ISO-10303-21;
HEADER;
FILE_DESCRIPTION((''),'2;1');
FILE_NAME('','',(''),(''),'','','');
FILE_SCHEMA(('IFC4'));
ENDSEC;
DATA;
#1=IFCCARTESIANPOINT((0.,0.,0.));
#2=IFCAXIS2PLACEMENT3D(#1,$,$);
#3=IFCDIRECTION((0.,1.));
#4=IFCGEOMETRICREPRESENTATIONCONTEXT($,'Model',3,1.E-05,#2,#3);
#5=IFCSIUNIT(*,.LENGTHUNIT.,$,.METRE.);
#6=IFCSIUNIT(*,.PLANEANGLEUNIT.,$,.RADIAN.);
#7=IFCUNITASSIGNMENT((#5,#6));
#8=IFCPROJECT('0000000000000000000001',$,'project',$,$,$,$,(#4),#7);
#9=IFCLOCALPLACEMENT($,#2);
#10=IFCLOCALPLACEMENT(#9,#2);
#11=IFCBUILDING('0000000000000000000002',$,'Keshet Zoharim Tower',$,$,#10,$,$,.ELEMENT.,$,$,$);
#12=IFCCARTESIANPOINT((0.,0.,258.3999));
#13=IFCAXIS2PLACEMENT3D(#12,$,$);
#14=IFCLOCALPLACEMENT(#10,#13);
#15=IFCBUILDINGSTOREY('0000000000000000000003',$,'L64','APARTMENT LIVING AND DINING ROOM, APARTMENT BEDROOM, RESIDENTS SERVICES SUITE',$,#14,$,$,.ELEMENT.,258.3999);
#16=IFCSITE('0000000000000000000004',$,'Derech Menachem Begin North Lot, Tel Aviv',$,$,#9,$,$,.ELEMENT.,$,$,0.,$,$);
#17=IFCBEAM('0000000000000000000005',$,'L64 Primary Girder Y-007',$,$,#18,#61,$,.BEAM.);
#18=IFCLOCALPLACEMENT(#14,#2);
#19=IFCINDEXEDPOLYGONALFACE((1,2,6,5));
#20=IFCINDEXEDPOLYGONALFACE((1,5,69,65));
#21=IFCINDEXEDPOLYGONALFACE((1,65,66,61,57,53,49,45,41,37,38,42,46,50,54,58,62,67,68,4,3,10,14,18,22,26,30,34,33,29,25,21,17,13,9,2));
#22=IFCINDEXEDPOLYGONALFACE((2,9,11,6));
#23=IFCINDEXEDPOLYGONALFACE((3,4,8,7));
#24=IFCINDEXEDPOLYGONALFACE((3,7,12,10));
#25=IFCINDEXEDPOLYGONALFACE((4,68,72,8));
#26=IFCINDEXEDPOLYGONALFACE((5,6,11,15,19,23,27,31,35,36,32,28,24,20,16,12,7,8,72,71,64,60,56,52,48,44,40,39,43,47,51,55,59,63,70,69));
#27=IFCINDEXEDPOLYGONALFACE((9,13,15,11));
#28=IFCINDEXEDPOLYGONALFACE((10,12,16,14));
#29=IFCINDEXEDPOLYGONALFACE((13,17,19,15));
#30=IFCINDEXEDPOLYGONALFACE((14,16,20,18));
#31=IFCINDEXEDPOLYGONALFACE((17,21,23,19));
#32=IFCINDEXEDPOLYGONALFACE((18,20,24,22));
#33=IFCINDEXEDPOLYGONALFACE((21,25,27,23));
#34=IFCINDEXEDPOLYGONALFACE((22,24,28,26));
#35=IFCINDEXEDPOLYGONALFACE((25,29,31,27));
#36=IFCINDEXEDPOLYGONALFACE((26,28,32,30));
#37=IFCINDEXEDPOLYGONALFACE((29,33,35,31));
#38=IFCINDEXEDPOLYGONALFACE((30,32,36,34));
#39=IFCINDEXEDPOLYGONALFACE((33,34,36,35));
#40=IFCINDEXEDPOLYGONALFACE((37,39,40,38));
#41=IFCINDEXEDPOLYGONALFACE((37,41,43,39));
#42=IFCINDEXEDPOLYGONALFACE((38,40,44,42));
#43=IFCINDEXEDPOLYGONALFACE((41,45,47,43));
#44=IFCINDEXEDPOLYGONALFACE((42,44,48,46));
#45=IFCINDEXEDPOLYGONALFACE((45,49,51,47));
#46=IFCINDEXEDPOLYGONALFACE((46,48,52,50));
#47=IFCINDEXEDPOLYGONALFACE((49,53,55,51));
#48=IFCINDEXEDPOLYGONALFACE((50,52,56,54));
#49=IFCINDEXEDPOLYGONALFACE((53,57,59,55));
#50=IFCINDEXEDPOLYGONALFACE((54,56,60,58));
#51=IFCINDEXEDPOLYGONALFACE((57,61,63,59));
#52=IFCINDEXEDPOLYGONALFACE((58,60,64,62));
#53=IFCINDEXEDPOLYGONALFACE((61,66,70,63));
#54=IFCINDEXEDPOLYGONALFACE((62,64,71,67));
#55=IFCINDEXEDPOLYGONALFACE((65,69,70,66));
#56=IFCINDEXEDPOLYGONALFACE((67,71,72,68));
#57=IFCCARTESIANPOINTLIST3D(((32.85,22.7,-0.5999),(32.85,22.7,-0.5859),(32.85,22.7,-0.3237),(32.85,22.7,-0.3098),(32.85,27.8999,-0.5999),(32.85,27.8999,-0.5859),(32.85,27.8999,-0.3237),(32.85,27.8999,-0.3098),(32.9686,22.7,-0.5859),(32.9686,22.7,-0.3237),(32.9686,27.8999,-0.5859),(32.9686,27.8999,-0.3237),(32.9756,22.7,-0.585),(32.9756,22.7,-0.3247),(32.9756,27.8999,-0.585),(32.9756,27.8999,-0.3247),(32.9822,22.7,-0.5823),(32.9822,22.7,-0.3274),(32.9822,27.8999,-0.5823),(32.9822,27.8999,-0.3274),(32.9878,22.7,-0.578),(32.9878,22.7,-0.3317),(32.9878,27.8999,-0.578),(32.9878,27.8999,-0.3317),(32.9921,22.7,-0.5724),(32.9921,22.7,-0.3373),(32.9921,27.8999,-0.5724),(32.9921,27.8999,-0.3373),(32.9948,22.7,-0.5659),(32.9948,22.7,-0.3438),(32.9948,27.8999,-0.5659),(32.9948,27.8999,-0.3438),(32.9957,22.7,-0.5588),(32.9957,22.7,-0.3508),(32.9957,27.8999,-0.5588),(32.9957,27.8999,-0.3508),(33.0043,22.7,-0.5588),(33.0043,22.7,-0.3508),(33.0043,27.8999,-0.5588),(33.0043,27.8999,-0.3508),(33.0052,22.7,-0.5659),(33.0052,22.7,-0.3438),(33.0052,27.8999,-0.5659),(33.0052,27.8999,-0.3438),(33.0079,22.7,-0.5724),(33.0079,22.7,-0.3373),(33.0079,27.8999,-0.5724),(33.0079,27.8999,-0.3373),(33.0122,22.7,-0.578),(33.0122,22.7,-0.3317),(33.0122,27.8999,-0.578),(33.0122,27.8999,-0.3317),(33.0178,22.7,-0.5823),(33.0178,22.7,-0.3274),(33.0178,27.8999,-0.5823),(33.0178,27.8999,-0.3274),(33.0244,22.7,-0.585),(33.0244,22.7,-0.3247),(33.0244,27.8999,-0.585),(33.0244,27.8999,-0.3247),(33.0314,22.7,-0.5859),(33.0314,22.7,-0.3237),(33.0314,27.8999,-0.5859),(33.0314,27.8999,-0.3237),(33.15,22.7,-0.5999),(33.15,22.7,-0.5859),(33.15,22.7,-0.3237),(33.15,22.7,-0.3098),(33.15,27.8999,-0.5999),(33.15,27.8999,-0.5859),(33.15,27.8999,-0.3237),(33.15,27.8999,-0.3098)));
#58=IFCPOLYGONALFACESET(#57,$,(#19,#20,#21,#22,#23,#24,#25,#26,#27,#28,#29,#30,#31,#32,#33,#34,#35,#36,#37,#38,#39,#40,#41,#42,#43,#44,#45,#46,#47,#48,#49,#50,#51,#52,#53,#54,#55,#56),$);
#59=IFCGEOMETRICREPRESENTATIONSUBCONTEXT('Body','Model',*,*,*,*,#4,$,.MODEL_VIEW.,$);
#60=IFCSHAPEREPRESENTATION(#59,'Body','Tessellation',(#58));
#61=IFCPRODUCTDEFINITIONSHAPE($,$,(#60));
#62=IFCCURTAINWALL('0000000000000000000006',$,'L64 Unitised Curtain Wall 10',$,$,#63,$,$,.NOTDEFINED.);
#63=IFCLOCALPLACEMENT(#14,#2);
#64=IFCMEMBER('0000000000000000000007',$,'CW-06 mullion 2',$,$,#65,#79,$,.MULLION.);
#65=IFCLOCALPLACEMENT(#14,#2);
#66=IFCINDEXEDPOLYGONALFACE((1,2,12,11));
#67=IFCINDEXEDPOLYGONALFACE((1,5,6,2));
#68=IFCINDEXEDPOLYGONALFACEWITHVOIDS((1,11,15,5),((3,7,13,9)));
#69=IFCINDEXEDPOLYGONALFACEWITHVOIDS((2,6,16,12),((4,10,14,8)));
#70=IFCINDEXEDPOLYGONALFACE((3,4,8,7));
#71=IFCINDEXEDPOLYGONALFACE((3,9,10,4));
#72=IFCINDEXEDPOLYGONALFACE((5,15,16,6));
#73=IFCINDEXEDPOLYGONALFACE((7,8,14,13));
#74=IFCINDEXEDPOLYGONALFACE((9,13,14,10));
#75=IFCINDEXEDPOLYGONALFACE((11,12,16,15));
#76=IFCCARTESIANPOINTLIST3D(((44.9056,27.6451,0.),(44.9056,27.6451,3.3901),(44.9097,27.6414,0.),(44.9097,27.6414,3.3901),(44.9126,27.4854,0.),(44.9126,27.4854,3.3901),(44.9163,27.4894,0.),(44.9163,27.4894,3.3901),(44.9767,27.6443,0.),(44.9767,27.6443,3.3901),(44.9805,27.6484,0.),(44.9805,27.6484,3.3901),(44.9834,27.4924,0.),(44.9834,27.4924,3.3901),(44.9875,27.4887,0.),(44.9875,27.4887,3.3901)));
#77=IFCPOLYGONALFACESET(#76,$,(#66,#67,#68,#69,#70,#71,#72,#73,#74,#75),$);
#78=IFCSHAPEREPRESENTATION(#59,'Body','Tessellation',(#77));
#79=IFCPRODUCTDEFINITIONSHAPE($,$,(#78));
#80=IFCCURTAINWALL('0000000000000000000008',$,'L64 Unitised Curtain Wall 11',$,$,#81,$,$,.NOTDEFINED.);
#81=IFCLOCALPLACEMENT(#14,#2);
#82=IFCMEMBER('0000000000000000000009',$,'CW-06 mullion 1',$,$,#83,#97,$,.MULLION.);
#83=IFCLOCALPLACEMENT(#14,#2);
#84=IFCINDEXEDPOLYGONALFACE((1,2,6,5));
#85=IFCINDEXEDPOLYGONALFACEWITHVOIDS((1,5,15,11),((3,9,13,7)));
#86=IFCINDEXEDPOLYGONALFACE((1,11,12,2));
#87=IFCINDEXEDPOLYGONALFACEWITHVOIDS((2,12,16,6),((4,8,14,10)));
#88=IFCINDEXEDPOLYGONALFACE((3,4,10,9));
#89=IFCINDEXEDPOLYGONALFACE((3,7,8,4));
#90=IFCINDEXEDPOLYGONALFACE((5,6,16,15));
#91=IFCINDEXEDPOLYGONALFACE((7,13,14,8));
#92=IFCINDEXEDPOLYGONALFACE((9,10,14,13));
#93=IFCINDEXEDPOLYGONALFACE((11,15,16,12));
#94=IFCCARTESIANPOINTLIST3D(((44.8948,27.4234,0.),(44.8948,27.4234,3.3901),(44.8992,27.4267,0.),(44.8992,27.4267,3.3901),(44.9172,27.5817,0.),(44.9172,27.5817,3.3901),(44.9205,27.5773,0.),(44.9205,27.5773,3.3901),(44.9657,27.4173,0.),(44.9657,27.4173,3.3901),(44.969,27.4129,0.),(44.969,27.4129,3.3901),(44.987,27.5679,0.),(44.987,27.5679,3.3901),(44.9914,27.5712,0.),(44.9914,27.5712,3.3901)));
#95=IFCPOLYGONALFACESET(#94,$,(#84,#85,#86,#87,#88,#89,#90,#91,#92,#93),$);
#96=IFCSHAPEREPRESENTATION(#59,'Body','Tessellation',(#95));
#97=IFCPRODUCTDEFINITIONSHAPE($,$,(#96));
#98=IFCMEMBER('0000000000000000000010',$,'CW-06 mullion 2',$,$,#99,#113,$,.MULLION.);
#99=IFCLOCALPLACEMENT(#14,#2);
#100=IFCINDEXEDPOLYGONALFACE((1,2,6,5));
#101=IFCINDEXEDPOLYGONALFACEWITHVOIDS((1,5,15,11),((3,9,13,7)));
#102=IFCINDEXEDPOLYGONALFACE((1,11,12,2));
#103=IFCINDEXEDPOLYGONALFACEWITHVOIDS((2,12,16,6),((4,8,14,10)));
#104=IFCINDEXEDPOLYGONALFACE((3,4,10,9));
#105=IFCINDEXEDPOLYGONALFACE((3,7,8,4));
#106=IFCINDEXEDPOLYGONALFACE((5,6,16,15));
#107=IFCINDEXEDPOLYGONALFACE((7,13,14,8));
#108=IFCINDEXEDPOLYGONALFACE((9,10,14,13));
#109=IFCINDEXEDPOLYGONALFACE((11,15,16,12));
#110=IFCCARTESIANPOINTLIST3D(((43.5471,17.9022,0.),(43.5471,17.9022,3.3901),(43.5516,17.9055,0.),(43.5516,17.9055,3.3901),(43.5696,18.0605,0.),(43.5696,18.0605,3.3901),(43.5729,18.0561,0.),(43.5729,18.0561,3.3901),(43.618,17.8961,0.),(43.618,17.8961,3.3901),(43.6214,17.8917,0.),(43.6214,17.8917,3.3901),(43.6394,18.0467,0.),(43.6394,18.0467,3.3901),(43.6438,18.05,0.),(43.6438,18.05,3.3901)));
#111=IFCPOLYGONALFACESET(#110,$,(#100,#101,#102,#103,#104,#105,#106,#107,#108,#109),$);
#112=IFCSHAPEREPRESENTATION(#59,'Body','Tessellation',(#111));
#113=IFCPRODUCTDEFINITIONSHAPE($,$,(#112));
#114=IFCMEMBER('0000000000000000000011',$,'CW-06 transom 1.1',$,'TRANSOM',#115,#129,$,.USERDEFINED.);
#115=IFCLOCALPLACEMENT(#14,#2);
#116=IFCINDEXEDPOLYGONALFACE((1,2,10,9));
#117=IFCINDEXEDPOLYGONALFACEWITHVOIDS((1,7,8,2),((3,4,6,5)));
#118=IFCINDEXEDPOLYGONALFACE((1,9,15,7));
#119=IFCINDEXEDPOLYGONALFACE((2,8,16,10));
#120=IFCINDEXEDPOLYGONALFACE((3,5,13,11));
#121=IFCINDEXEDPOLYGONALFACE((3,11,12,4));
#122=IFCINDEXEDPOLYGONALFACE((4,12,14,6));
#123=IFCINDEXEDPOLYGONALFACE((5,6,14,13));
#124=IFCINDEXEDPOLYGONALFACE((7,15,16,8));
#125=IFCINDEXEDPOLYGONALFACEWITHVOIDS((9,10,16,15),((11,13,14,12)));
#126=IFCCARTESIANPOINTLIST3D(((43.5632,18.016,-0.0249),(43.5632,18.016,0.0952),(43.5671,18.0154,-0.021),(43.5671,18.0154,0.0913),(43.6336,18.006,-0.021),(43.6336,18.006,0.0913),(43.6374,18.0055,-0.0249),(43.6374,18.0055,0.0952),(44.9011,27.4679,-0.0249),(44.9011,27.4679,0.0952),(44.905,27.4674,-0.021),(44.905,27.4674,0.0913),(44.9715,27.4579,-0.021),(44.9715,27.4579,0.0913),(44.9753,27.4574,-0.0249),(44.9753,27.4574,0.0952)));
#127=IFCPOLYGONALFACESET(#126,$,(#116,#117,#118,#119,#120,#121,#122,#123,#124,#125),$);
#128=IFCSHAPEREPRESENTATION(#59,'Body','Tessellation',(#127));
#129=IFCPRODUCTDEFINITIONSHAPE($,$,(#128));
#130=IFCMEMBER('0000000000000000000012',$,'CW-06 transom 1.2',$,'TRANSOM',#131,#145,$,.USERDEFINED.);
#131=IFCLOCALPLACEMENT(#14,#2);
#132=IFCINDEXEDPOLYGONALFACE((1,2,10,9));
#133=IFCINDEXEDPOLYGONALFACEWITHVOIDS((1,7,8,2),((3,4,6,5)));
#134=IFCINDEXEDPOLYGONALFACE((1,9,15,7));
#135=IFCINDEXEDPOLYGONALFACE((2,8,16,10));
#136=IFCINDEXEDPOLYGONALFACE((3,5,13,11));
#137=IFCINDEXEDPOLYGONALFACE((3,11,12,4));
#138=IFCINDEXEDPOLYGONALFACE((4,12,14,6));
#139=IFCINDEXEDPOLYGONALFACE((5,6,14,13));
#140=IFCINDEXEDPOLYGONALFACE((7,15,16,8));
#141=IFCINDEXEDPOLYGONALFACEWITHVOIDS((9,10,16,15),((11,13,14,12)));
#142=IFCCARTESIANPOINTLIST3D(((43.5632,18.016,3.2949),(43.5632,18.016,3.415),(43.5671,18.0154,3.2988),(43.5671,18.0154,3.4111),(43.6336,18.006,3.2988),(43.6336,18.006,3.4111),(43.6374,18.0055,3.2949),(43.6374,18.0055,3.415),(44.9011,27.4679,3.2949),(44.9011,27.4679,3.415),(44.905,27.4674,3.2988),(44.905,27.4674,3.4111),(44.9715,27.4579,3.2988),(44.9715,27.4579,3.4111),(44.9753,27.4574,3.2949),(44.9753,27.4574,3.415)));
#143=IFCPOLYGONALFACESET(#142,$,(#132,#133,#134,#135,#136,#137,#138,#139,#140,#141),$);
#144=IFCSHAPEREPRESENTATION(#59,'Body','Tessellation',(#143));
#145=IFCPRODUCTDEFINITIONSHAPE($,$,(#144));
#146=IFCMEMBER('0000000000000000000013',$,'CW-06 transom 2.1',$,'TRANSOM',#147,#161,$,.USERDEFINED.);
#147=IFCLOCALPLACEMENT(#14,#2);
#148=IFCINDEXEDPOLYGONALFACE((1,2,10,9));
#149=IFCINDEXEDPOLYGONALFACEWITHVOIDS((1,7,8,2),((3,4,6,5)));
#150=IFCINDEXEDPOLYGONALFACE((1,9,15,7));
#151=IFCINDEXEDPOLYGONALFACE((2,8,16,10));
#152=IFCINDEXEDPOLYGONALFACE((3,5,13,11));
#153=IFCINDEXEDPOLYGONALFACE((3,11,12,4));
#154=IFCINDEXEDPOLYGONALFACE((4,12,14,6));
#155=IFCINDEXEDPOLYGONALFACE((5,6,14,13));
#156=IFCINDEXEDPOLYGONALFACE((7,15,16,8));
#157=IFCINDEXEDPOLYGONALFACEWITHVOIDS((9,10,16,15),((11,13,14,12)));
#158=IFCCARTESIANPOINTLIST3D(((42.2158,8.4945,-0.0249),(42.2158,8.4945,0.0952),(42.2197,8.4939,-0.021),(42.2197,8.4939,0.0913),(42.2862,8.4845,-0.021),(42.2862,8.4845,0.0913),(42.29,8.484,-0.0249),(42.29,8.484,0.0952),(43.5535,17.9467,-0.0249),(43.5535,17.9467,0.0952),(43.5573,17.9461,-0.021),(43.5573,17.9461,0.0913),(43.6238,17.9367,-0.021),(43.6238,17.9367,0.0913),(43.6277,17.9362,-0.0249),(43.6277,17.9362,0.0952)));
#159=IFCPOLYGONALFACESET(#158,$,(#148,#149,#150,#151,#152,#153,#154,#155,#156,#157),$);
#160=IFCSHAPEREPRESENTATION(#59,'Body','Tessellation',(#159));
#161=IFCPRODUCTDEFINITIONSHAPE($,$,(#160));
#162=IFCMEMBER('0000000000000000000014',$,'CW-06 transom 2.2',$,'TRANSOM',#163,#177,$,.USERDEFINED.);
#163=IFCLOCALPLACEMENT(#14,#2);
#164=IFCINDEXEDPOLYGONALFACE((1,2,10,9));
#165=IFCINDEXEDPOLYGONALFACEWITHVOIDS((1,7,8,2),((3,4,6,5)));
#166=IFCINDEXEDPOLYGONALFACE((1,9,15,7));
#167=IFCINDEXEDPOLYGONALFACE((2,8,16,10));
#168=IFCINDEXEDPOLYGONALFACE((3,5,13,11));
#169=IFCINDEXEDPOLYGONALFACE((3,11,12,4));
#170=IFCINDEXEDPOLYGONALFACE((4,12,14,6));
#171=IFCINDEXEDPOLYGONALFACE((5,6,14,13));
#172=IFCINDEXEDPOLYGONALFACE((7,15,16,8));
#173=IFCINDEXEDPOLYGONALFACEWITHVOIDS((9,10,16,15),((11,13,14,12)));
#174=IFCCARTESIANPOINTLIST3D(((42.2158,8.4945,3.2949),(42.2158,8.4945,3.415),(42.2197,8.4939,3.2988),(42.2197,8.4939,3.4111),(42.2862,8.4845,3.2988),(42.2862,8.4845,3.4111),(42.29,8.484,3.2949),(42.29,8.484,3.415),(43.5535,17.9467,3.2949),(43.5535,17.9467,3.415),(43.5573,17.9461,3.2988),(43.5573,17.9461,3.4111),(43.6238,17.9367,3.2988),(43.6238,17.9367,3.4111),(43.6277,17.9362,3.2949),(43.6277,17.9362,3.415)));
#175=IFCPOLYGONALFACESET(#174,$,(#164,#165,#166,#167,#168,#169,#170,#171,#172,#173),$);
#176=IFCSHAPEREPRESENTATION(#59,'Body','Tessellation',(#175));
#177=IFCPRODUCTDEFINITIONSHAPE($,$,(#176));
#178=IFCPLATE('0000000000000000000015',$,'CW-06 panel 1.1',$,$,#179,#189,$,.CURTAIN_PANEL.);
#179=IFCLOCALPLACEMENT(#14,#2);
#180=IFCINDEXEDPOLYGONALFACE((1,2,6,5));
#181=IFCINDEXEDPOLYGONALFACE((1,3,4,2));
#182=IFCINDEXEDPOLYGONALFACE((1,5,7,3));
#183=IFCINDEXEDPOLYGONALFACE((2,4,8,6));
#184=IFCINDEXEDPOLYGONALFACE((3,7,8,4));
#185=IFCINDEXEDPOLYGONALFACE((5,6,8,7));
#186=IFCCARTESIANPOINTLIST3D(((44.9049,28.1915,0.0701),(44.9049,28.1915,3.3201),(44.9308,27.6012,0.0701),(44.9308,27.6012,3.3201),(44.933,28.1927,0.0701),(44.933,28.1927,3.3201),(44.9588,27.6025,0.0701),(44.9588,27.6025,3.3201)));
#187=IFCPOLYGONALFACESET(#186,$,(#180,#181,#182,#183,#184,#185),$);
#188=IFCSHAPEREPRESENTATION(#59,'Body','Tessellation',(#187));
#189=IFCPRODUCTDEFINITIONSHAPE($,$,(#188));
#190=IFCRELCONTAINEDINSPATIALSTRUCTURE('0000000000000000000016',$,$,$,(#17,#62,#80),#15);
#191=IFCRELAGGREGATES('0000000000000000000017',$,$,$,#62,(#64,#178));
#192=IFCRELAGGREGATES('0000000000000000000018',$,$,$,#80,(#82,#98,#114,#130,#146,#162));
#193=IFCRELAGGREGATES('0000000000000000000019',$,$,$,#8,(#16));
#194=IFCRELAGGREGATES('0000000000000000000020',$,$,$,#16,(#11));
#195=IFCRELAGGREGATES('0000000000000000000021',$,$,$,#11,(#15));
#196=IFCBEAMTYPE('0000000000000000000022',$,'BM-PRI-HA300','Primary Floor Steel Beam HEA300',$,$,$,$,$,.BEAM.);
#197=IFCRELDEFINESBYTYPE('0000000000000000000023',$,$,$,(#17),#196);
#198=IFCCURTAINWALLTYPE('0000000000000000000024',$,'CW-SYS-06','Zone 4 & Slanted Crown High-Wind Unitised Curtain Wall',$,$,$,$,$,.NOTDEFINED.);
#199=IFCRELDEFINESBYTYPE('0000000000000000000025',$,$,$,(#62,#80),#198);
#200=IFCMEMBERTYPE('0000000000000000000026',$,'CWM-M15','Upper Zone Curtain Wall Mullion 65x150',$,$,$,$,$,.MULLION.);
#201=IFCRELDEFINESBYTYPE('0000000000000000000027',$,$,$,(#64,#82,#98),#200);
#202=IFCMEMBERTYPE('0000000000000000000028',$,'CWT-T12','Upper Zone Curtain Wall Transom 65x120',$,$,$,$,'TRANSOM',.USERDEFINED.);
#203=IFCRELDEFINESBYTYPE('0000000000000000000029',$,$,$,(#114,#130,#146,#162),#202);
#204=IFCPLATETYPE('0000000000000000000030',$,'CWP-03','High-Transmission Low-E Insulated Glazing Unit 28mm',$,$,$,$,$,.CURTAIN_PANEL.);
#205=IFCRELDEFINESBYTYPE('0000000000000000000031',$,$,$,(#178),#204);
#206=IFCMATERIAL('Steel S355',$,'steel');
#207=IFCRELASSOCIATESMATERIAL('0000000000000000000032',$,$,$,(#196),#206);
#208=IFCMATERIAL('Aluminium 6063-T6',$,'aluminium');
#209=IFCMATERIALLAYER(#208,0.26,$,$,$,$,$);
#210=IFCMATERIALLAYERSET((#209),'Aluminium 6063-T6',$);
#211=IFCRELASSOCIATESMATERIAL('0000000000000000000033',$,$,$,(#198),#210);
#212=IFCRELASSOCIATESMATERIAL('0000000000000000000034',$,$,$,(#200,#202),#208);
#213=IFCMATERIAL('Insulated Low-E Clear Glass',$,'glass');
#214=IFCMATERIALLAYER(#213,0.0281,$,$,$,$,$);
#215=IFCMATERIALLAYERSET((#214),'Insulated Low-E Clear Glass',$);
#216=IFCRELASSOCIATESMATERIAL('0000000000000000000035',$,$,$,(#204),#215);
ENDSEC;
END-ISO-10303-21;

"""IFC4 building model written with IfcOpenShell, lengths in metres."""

from ifc_helpers import new_model, si_unit, direction, frame, origin, origin_2d, place, context, subcontext, project, spatial, rectangle, hollow_rectangle, i_section, extrude, material, layer, layer_set, material_profile, profile_set, type_object, element, aggregate, save


model = new_model("IFC4")

# Units and contexts
model_context = context("Model", 3, precision=1e-05, world=origin(), true_north=direction((0.0, 1.0)))
body_context = subcontext(model_context, "Body", "Model", "MODEL_VIEW")
ifc_project = project(units=[si_unit("LENGTHUNIT", "METRE"), si_unit("PLANEANGLEUNIT", "RADIAN")], contexts=[model_context])

# Site, building, storey
site_placement = place(None, origin())
site = spatial("IfcSite", under=ifc_project, at=site_placement, Name="Derech Menachem Begin North Lot, Tel Aviv", CompositionType="ELEMENT", RefElevation=0.0)
building_placement = place(site_placement, origin())
building = spatial("IfcBuilding", under=site, at=building_placement, Name="Keshet Zoharim Tower", CompositionType="ELEMENT")
storey_placement = place(building_placement, frame((0.0, 0.0, 258.3999)))
storey = spatial("IfcBuildingStorey", under=building, at=storey_placement, Name="L64", Description="APARTMENT LIVING AND DINING ROOM, APARTMENT BEDROOM, RESIDENTS SERVICES SUITE", CompositionType="ELEMENT", Elevation=258.3999)

# Shared definitions
ifc_material_1 = material(Name="Steel S355", Category="steel")

# Beam
ifc_material_profile_1 = material_profile(ifc_material_1, i_section(OverallWidth=0.3, OverallDepth=0.29, WebThickness=0.0085, FlangeThickness=0.0139, FilletRadius=0.0271, at=origin_2d()), Name="HEA300")
ifc_profile_set_1 = profile_set([ifc_material_profile_1], Name="Steel S355")
beam_type_1 = type_object("IfcBeamType", Name="BM-PRI-HA300", Description="Primary Floor Steel Beam HEA300", PredefinedType="BEAM", material=ifc_profile_set_1)
beam_1_placement = place(storey_placement, frame((33.0, 22.7, -0.4548), z_axis=(0.0, 1.0, 0.0), x_axis=(-1.0, 0.0, 0.0)))
element("IfcBeam", 1, at=beam_1_placement, inside=storey, type_object=beam_type_1, Name="L64 Primary Girder Y-007", PredefinedType="BEAM", context=body_context, shape_type="SweptSolid", body=[
    extrude(i_section(OverallWidth=0.3, OverallDepth=0.29, WebThickness=0.0085, FlangeThickness=0.0139, FilletRadius=0.0271, at=origin_2d()), origin(), (0.0, 0.0, 1.0), 5.2),
])

# Curtain wall, member
ifc_material_2 = material(Name="Aluminium 6063-T6", Category="aluminium")
ifc_layer_1 = layer(ifc_material_2, 0.26)
ifc_layer_set_1 = layer_set([ifc_layer_1], Name="Aluminium 6063-T6")
curtain_wall_type = type_object("IfcCurtainWallType", Name="CW-SYS-06", Description="Zone 4 & Slanted Crown High-Wind Unitised Curtain Wall", PredefinedType="NOTDEFINED", material=ifc_layer_set_1)
curtain_wall_1_placement = place(storey_placement, origin())
curtain_wall_1 = element("IfcCurtainWall", 2, at=curtain_wall_1_placement, inside=storey, type_object=curtain_wall_type, Name="L64 Unitised Curtain Wall 10", PredefinedType="NOTDEFINED")
ifc_material_profile_2 = material_profile(ifc_material_2, hollow_rectangle(XDim=0.075, YDim=0.1599, WallThickness=0.0039, at=origin_2d()), Name="MUL-75x160")
ifc_profile_set_2 = profile_set([ifc_material_profile_2], Name="Aluminium 6063-T6")
member_type_1 = type_object("IfcMemberType", Name="CWM-M15", Description="Upper Zone Curtain Wall Mullion 65x150", PredefinedType="MULLION", material=ifc_profile_set_2)
member_1_placement = place(storey_placement, frame((44.9465, 27.5669, 0.0), z_axis=(0.0, 0.0, 1.0), x_axis=(0.999041, 0.043794, 0.0)))
member_1 = element("IfcMember", 3, at=member_1_placement, type_object=member_type_1, Name="CW-06 mullion 2", PredefinedType="MULLION", context=body_context, shape_type="SweptSolid", body=[
    extrude(hollow_rectangle(XDim=0.075, YDim=0.1599, WallThickness=0.0039, at=origin_2d()), origin(), (0.0, 0.0, 1.0), 3.3901),
])

# Curtain wall, members
curtain_wall_2_placement = place(storey_placement, origin())
curtain_wall_2 = element("IfcCurtainWall", 4, at=curtain_wall_2_placement, inside=storey, type_object=curtain_wall_type, Name="L64 Unitised Curtain Wall 11", PredefinedType="NOTDEFINED")
member_2_placement = place(storey_placement, frame((44.9431, 27.4973, 0.0), z_axis=(0.0, 0.0, 1.0), x_axis=(0.990132, -0.140137, 0.0)))
member_2 = element("IfcMember", 5, at=member_2_placement, type_object=member_type_1, Name="CW-06 mullion 1", PredefinedType="MULLION", context=body_context, shape_type="SweptSolid", body=[
    extrude(hollow_rectangle(XDim=0.075, YDim=0.1599, WallThickness=0.0039, at=origin_2d()), origin(), (0.0, 0.0, 1.0), 3.3901),
])
member_3_placement = place(storey_placement, frame((43.5955, 17.9761, 0.0), z_axis=(0.0, 0.0, 1.0), x_axis=(0.990132, -0.140137, 0.0)))
member_3 = element("IfcMember", 6, at=member_3_placement, type_object=member_type_1, Name="CW-06 mullion 2", PredefinedType="MULLION", context=body_context, shape_type="SweptSolid", body=[
    extrude(hollow_rectangle(XDim=0.075, YDim=0.1599, WallThickness=0.0039, at=origin_2d()), origin(), (0.0, 0.0, 1.0), 3.3901),
])
ifc_material_profile_3 = material_profile(ifc_material_2, hollow_rectangle(XDim=0.075, YDim=0.1201, WallThickness=0.0039, at=origin_2d()), Name="TRN-75x120")
ifc_profile_set_3 = profile_set([ifc_material_profile_3], Name="Aluminium 6063-T6")
member_type_2 = type_object("IfcMemberType", Name="CWT-T12", Description="Upper Zone Curtain Wall Transom 65x120", ElementType="TRANSOM", PredefinedType="USERDEFINED", material=ifc_profile_set_3)
member_4_placement = place(storey_placement, frame((44.9382, 27.4626, 0.0352), z_axis=(-0.14015, -0.99013, 0.0), x_axis=(0.99013, -0.14015, 0.0)))
member_4 = element("IfcMember", 7, at=member_4_placement, type_object=member_type_2, Name="CW-06 transom 1.1", ObjectType="TRANSOM", PredefinedType="USERDEFINED", context=body_context, shape_type="SweptSolid", body=[
    extrude(hollow_rectangle(XDim=0.075, YDim=0.1201, WallThickness=0.0039, at=origin_2d()), origin(), (0.0, 0.0, 1.0), 9.5461),
])
member_5_placement = place(storey_placement, frame((44.9382, 27.4626, 3.355), z_axis=(-0.14015, -0.99013, 0.0), x_axis=(0.99013, -0.14015, 0.0)))
member_5 = element("IfcMember", 8, at=member_5_placement, type_object=member_type_2, Name="CW-06 transom 1.2", ObjectType="TRANSOM", PredefinedType="USERDEFINED", context=body_context, shape_type="SweptSolid", body=[
    extrude(hollow_rectangle(XDim=0.075, YDim=0.1201, WallThickness=0.0039, at=origin_2d()), origin(), (0.0, 0.0, 1.0), 9.5461),
])
member_6_placement = place(storey_placement, frame((43.5906, 17.9414, 0.0352), z_axis=(-0.140122, -0.990134, 0.0), x_axis=(0.990134, -0.140122, 0.0)))
member_6 = element("IfcMember", 9, at=member_6_placement, type_object=member_type_2, Name="CW-06 transom 2.1", ObjectType="TRANSOM", PredefinedType="USERDEFINED", context=body_context, shape_type="SweptSolid", body=[
    extrude(hollow_rectangle(XDim=0.075, YDim=0.1201, WallThickness=0.0039, at=origin_2d()), origin(), (0.0, 0.0, 1.0), 9.5464),
])
member_7_placement = place(storey_placement, frame((43.5906, 17.9414, 3.355), z_axis=(-0.140122, -0.990134, 0.0), x_axis=(0.990134, -0.140122, 0.0)))
member_7 = element("IfcMember", 10, at=member_7_placement, type_object=member_type_2, Name="CW-06 transom 2.2", ObjectType="TRANSOM", PredefinedType="USERDEFINED", context=body_context, shape_type="SweptSolid", body=[
    extrude(hollow_rectangle(XDim=0.075, YDim=0.1201, WallThickness=0.0039, at=origin_2d()), origin(), (0.0, 0.0, 1.0), 9.5464),
])

# Plate
ifc_material_3 = material(Name="Insulated Low-E Clear Glass", Category="glass")
ifc_layer_2 = layer(ifc_material_3, 0.0281)
ifc_layer_set_2 = layer_set([ifc_layer_2], Name="Insulated Low-E Clear Glass")
plate_type = type_object("IfcPlateType", Name="CWP-03", Description="High-Transmission Low-E Insulated Glazing Unit 28mm", PredefinedType="CURTAIN_PANEL", material=ifc_layer_set_2)
plate_1_placement = place(storey_placement, frame((44.9319, 27.897, 0.0701), z_axis=(0.0, 0.0, 1.0), x_axis=(0.043794, -0.999041, 0.0)))
plate_1 = element("IfcPlate", 11, at=plate_1_placement, type_object=plate_type, Name="CW-06 panel 1.1", PredefinedType="CURTAIN_PANEL", context=body_context, shape_type="SweptSolid", body=[
    extrude(rectangle(XDim=0.5908, YDim=0.0281, at=origin_2d()), origin(), (0.0, 0.0, 1.0), 3.25),
])
aggregate(curtain_wall_1, [member_1, plate_1])
aggregate(curtain_wall_2, [member_2, member_3, member_4, member_5, member_6, member_7])

save(model, "model.ifc")
